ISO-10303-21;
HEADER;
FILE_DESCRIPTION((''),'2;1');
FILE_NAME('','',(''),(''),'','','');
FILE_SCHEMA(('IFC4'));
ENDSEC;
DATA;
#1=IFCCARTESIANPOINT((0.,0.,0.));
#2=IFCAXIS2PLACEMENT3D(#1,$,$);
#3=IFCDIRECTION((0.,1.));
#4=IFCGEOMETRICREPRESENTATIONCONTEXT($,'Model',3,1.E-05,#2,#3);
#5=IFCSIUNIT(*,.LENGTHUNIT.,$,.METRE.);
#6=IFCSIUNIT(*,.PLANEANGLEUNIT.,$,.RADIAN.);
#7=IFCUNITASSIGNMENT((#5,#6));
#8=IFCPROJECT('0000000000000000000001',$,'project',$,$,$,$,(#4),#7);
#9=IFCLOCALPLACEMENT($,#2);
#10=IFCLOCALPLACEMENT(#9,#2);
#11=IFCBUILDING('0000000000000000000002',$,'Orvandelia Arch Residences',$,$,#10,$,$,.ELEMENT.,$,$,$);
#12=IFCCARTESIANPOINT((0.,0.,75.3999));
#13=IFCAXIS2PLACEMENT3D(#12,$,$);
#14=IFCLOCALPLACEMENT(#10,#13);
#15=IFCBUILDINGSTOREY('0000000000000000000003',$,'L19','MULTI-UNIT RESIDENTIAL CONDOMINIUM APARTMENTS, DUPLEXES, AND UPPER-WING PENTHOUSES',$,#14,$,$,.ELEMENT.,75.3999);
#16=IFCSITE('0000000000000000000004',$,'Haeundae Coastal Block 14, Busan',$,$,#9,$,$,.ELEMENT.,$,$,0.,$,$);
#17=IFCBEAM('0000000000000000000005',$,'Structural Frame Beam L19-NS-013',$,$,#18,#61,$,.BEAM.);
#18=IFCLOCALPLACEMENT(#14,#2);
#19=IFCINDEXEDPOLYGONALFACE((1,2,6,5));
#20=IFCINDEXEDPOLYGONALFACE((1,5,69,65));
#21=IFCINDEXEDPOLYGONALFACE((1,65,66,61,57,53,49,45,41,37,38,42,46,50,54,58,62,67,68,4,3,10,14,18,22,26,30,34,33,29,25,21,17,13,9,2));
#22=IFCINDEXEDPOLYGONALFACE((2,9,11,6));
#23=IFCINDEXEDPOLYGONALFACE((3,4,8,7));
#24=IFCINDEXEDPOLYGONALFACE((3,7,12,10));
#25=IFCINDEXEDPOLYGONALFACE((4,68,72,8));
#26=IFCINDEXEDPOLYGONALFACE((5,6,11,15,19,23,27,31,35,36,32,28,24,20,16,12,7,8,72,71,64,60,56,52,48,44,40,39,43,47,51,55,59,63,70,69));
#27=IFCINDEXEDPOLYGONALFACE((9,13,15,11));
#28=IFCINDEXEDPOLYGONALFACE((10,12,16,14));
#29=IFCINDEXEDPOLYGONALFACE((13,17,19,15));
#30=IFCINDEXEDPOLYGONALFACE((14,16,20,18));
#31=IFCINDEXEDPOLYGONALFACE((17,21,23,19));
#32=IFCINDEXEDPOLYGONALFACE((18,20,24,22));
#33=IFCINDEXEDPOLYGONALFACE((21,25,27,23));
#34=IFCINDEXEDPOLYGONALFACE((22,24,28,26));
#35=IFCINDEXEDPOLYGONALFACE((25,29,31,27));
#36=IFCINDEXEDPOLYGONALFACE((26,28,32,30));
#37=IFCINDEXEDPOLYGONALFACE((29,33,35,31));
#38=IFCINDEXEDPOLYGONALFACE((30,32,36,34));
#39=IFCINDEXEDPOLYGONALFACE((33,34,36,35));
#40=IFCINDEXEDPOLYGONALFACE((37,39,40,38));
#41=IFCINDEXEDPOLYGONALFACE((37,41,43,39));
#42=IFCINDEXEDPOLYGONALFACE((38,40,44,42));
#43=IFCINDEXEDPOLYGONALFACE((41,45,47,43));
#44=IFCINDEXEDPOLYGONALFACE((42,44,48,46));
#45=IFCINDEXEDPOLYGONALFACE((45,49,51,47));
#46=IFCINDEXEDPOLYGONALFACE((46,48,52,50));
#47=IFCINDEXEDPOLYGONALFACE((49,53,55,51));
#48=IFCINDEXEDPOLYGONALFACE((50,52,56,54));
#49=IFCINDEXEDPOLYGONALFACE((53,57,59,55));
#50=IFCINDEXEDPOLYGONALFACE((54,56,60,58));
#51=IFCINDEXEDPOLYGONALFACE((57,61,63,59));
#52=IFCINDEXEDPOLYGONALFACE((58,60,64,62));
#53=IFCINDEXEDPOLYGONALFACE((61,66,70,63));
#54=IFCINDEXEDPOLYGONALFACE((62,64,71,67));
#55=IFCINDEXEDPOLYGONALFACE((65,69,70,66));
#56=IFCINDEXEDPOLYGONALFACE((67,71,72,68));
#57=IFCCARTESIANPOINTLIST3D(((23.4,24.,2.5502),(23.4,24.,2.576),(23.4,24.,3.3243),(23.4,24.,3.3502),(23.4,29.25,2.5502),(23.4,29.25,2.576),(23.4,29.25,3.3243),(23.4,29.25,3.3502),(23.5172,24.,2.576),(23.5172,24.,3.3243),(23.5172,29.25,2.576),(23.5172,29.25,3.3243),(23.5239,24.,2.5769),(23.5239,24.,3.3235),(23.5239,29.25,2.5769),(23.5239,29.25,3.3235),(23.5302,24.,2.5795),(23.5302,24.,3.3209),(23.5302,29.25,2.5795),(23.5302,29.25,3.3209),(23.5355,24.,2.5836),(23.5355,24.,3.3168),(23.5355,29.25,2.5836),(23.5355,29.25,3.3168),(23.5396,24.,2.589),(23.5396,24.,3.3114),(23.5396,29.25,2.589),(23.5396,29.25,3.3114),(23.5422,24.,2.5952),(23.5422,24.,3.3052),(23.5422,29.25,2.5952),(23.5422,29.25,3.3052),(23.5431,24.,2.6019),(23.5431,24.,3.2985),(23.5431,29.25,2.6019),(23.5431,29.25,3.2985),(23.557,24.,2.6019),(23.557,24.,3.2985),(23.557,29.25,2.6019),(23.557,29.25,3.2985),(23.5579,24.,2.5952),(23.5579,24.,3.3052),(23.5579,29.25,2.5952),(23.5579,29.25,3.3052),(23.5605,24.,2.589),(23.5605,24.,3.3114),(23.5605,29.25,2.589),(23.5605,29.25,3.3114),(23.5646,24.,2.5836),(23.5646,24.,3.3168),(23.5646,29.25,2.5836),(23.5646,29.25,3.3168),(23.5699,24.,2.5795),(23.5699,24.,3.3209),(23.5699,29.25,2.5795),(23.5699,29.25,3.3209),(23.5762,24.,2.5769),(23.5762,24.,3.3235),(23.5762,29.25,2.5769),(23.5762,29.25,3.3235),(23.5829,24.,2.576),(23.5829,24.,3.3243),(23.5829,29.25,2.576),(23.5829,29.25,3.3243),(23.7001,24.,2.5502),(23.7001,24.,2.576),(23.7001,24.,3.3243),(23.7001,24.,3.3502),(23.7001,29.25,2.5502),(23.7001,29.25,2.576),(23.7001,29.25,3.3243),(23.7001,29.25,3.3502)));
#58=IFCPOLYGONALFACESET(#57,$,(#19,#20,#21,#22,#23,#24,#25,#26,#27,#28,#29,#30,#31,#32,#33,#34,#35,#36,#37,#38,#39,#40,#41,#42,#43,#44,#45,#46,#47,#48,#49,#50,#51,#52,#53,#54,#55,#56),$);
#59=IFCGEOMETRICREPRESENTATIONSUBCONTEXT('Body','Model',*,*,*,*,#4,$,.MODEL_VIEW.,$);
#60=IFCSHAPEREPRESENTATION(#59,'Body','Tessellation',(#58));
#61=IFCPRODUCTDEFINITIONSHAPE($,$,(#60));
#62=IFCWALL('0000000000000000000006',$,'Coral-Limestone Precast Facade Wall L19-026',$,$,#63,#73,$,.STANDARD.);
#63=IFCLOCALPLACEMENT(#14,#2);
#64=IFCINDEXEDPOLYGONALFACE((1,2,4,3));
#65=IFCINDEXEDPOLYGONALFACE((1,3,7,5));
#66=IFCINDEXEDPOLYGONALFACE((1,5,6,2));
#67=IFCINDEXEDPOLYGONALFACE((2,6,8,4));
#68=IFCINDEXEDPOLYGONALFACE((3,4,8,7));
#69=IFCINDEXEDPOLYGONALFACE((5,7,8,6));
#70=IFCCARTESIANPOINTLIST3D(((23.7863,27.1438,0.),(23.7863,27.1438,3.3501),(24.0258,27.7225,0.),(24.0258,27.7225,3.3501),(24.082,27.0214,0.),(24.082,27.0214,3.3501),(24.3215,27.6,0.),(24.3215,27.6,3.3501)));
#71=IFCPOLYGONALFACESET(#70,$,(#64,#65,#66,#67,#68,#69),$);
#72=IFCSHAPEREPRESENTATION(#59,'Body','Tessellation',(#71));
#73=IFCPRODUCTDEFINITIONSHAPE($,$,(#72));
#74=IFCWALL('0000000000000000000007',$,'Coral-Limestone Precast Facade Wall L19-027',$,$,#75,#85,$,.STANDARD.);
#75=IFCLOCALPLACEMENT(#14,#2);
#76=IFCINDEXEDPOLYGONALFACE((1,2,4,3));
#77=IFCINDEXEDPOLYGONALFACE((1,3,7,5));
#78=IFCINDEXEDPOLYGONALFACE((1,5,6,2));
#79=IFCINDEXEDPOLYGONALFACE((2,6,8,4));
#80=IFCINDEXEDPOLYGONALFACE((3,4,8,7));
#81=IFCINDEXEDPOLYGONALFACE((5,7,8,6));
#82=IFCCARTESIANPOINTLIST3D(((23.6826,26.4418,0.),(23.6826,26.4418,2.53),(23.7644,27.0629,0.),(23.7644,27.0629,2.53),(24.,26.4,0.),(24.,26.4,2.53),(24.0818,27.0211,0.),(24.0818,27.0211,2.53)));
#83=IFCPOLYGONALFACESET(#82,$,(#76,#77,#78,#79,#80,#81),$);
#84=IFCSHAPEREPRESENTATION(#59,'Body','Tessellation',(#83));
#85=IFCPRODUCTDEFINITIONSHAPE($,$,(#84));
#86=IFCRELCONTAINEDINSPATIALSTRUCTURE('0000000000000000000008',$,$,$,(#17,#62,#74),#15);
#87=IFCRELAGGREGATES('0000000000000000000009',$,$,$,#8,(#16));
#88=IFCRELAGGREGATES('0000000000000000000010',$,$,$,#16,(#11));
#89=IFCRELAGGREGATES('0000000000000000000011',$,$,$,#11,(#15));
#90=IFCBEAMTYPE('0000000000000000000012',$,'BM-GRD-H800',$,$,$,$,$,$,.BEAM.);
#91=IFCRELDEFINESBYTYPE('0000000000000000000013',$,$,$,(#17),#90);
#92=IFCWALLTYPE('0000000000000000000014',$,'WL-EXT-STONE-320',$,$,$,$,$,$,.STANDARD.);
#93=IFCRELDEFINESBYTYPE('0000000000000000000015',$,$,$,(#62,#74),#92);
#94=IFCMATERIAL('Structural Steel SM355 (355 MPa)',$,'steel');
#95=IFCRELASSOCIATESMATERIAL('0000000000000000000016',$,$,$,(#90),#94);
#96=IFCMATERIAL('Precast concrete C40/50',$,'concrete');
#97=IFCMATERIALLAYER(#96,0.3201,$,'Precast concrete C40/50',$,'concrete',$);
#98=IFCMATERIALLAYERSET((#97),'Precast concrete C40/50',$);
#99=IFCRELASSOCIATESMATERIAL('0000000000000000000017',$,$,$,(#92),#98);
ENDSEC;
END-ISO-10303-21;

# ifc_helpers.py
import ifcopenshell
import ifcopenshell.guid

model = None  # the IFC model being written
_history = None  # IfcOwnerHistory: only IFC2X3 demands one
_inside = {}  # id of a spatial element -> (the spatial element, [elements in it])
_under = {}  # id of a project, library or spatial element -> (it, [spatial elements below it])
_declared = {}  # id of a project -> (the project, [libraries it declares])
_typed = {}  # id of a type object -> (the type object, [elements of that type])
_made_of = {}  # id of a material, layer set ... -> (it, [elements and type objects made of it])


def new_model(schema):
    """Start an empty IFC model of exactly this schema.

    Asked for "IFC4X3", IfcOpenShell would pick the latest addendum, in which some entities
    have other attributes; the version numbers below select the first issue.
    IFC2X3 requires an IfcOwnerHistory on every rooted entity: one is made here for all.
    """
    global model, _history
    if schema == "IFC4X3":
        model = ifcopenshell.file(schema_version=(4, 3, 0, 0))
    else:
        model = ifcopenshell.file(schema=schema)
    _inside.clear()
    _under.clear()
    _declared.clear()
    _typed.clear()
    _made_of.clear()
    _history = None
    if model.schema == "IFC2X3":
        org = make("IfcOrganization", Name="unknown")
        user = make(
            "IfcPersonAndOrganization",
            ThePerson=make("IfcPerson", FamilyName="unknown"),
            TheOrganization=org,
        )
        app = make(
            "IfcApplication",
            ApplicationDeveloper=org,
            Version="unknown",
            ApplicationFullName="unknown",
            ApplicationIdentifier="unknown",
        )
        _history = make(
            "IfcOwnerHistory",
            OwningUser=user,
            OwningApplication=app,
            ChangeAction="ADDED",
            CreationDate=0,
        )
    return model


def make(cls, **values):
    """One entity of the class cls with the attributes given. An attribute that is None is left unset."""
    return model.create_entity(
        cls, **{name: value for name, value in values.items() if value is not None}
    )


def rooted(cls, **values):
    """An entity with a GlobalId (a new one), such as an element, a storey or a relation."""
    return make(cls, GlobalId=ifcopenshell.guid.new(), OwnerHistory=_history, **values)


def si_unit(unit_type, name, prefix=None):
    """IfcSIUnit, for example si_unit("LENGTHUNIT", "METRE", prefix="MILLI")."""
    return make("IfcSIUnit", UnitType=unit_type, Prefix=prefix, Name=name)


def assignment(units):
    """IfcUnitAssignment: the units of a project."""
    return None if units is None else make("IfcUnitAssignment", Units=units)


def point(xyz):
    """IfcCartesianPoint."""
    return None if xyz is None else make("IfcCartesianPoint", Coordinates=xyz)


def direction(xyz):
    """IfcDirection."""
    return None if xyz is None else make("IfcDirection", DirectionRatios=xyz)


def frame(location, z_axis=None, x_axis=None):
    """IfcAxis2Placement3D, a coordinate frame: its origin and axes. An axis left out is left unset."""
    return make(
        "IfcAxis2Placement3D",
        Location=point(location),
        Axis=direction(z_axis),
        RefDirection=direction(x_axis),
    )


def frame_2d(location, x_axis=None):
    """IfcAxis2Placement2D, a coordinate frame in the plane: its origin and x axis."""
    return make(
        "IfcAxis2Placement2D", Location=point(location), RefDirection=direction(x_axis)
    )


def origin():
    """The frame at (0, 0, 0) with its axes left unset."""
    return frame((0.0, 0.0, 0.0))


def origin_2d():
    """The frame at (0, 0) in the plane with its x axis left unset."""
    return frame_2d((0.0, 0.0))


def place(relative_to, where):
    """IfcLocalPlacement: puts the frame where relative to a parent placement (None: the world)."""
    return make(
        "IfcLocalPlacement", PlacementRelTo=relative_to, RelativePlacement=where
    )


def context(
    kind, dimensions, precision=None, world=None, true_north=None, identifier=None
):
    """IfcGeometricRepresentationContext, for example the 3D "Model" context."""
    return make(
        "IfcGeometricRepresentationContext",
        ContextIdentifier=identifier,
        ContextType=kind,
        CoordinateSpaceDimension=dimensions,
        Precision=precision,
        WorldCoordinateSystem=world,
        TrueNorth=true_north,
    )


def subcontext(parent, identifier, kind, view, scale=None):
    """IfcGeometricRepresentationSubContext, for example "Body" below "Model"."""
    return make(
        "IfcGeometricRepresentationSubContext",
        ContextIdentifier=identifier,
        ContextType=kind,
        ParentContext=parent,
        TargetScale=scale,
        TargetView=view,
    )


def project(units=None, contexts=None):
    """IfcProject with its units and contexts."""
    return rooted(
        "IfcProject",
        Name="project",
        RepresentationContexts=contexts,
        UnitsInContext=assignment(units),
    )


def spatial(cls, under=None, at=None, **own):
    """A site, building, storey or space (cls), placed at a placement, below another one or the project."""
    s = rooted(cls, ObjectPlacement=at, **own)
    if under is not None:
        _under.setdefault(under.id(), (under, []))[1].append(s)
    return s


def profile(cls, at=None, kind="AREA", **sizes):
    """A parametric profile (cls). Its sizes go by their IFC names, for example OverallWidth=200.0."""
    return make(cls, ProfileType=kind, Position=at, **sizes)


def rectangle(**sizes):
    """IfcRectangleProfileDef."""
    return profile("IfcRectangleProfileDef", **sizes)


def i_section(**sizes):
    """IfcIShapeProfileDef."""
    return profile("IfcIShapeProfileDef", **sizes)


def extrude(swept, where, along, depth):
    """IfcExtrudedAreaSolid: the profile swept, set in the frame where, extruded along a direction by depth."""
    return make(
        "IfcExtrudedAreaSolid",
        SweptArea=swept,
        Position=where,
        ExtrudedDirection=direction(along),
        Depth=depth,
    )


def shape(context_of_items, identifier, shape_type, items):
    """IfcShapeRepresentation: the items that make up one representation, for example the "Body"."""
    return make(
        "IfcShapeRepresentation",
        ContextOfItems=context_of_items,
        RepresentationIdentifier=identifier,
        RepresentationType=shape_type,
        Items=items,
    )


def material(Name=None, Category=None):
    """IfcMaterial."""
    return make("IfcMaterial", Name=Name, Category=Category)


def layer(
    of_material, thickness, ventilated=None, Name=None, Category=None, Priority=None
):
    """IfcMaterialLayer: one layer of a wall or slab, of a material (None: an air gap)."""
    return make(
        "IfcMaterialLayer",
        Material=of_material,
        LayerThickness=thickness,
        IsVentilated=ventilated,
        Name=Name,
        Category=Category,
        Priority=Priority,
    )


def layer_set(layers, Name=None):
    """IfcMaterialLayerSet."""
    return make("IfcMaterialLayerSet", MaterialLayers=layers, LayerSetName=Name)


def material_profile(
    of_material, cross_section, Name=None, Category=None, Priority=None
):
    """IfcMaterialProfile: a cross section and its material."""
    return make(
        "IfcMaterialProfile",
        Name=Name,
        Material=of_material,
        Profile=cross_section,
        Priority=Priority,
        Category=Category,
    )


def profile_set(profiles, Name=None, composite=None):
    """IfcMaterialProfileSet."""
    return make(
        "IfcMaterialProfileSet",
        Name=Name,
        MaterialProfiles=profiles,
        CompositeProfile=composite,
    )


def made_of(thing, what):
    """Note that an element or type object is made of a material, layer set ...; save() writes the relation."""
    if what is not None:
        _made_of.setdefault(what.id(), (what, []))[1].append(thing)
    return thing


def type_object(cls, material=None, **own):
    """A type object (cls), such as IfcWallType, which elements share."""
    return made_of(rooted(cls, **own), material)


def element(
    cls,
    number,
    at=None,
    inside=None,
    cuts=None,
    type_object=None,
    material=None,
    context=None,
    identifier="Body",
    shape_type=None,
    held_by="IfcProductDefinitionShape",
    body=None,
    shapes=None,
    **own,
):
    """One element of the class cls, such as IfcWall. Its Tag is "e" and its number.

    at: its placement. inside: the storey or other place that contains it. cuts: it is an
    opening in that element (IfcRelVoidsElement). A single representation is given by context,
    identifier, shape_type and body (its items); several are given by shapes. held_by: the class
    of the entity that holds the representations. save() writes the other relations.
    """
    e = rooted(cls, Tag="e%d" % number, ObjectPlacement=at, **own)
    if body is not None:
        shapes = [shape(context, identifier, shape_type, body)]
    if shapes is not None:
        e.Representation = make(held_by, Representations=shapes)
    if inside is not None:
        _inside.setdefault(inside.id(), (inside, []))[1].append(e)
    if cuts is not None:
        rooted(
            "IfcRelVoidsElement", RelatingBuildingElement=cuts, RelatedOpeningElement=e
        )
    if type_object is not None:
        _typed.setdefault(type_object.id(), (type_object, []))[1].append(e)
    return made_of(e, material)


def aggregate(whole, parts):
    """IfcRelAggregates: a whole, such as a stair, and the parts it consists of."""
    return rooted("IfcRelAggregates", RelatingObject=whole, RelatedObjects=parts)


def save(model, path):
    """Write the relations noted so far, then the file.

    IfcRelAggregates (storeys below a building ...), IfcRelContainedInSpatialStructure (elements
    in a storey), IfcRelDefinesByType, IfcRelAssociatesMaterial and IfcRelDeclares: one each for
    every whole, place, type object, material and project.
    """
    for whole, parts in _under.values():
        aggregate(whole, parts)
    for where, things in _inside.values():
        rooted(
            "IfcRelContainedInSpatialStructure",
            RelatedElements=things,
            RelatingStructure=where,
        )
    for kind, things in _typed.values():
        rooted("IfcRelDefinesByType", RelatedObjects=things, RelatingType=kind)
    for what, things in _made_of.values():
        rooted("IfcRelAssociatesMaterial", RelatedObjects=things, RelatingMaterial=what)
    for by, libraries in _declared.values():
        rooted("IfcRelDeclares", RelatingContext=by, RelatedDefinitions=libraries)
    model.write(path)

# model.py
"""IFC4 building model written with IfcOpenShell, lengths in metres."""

from ifc_helpers import new_model, si_unit, direction, frame, frame_2d, origin, origin_2d, place, context, subcontext, project, spatial, rectangle, i_section, extrude, material, layer, layer_set, material_profile, profile_set, type_object, element, save


model = new_model("IFC4")

# Units and contexts
model_context = context("Model", 3, precision=1e-05, world=origin(), true_north=direction((0.0, 1.0)))
body_context = subcontext(model_context, "Body", "Model", "MODEL_VIEW")
ifc_project = project(units=[si_unit("LENGTHUNIT", "METRE"), si_unit("PLANEANGLEUNIT", "RADIAN")], contexts=[model_context])

# Site, building, storey
site_placement = place(None, origin())
site = spatial("IfcSite", under=ifc_project, at=site_placement, Name="Haeundae Coastal Block 14, Busan", CompositionType="ELEMENT", RefElevation=0.0)
building_placement = place(site_placement, origin())
building = spatial("IfcBuilding", under=site, at=building_placement, Name="Orvandelia Arch Residences", CompositionType="ELEMENT")
storey_placement = place(building_placement, frame((0.0, 0.0, 75.3999)))
storey = spatial("IfcBuildingStorey", under=building, at=storey_placement, Name="L19", Description="MULTI-UNIT RESIDENTIAL CONDOMINIUM APARTMENTS, DUPLEXES, AND UPPER-WING PENTHOUSES", CompositionType="ELEMENT", Elevation=75.3999)

# Beam
ifc_material_1 = material(Name="Structural Steel SM355 (355 MPa)", Category="steel")
ifc_material_profile_1 = material_profile(ifc_material_1, i_section(OverallWidth=0.3, OverallDepth=0.8, WebThickness=0.0139, FlangeThickness=0.0259, FilletRadius=0.0259, at=origin_2d()), Name="Structural Steel SM355 (355 MPa)", Category="steel")
ifc_profile_set_1 = profile_set([ifc_material_profile_1], Name="Structural Steel SM355 (355 MPa)")
beam_type = type_object("IfcBeamType", Name="BM-GRD-H800", PredefinedType="BEAM", material=ifc_profile_set_1)
beam_1_placement = place(storey_placement, frame((23.55, 24.0, 2.9502), z_axis=(0.0, 1.0, 0.0), x_axis=(-1.0, 0.0, 0.0)))
element("IfcBeam", 1, at=beam_1_placement, inside=storey, type_object=beam_type, Name="Structural Frame Beam L19-NS-013", PredefinedType="BEAM", context=body_context, shape_type="SweptSolid", body=[
    extrude(i_section(OverallWidth=0.3, OverallDepth=0.8, WebThickness=0.0139, FlangeThickness=0.0259, FilletRadius=0.0259, at=origin_2d()), origin(), (0.0, 0.0, 1.0), 5.25),
])

# Walls
ifc_material_2 = material(Name="Precast concrete C40/50", Category="concrete")
ifc_layer_1 = layer(ifc_material_2, 0.3201, Name="Precast concrete C40/50", Category="concrete")
ifc_layer_set_1 = layer_set([ifc_layer_1], Name="Precast concrete C40/50")
wall_type_1 = type_object("IfcWallType", Name="WL-EXT-STONE-320", PredefinedType="STANDARD", material=ifc_layer_set_1)
wall_1_placement = place(storey_placement, frame((24.1736, 27.6611, 0.0), z_axis=(0.0, 0.0, 1.0), x_axis=(-0.382455, -0.923974, 0.0)))
element("IfcWall", 2, at=wall_1_placement, inside=storey, type_object=wall_type_1, Name="Coral-Limestone Precast Facade Wall L19-026", PredefinedType="STANDARD", context=body_context, shape_type="SweptSolid", body=[
    extrude(rectangle(XDim=0.6262, YDim=0.3201, at=frame_2d((0.313, 0.0))), origin(), (0.0, 0.0, 1.0), 3.3501),
])
wall_2_placement = place(storey_placement, frame((23.9231, 27.042, 0.0), z_axis=(0.0, 0.0, 1.0), x_axis=(-0.130555, -0.991441, 0.0)))
element("IfcWall", 3, at=wall_2_placement, inside=storey, type_object=wall_type_1, Name="Coral-Limestone Precast Facade Wall L19-027", PredefinedType="STANDARD", context=body_context, shape_type="SweptSolid", body=[
    extrude(rectangle(XDim=0.6265, YDim=0.3201, at=frame_2d((0.3132, 0.0))), origin(), (0.0, 0.0, 1.0), 2.53),
])

save(model, "model.ifc")
